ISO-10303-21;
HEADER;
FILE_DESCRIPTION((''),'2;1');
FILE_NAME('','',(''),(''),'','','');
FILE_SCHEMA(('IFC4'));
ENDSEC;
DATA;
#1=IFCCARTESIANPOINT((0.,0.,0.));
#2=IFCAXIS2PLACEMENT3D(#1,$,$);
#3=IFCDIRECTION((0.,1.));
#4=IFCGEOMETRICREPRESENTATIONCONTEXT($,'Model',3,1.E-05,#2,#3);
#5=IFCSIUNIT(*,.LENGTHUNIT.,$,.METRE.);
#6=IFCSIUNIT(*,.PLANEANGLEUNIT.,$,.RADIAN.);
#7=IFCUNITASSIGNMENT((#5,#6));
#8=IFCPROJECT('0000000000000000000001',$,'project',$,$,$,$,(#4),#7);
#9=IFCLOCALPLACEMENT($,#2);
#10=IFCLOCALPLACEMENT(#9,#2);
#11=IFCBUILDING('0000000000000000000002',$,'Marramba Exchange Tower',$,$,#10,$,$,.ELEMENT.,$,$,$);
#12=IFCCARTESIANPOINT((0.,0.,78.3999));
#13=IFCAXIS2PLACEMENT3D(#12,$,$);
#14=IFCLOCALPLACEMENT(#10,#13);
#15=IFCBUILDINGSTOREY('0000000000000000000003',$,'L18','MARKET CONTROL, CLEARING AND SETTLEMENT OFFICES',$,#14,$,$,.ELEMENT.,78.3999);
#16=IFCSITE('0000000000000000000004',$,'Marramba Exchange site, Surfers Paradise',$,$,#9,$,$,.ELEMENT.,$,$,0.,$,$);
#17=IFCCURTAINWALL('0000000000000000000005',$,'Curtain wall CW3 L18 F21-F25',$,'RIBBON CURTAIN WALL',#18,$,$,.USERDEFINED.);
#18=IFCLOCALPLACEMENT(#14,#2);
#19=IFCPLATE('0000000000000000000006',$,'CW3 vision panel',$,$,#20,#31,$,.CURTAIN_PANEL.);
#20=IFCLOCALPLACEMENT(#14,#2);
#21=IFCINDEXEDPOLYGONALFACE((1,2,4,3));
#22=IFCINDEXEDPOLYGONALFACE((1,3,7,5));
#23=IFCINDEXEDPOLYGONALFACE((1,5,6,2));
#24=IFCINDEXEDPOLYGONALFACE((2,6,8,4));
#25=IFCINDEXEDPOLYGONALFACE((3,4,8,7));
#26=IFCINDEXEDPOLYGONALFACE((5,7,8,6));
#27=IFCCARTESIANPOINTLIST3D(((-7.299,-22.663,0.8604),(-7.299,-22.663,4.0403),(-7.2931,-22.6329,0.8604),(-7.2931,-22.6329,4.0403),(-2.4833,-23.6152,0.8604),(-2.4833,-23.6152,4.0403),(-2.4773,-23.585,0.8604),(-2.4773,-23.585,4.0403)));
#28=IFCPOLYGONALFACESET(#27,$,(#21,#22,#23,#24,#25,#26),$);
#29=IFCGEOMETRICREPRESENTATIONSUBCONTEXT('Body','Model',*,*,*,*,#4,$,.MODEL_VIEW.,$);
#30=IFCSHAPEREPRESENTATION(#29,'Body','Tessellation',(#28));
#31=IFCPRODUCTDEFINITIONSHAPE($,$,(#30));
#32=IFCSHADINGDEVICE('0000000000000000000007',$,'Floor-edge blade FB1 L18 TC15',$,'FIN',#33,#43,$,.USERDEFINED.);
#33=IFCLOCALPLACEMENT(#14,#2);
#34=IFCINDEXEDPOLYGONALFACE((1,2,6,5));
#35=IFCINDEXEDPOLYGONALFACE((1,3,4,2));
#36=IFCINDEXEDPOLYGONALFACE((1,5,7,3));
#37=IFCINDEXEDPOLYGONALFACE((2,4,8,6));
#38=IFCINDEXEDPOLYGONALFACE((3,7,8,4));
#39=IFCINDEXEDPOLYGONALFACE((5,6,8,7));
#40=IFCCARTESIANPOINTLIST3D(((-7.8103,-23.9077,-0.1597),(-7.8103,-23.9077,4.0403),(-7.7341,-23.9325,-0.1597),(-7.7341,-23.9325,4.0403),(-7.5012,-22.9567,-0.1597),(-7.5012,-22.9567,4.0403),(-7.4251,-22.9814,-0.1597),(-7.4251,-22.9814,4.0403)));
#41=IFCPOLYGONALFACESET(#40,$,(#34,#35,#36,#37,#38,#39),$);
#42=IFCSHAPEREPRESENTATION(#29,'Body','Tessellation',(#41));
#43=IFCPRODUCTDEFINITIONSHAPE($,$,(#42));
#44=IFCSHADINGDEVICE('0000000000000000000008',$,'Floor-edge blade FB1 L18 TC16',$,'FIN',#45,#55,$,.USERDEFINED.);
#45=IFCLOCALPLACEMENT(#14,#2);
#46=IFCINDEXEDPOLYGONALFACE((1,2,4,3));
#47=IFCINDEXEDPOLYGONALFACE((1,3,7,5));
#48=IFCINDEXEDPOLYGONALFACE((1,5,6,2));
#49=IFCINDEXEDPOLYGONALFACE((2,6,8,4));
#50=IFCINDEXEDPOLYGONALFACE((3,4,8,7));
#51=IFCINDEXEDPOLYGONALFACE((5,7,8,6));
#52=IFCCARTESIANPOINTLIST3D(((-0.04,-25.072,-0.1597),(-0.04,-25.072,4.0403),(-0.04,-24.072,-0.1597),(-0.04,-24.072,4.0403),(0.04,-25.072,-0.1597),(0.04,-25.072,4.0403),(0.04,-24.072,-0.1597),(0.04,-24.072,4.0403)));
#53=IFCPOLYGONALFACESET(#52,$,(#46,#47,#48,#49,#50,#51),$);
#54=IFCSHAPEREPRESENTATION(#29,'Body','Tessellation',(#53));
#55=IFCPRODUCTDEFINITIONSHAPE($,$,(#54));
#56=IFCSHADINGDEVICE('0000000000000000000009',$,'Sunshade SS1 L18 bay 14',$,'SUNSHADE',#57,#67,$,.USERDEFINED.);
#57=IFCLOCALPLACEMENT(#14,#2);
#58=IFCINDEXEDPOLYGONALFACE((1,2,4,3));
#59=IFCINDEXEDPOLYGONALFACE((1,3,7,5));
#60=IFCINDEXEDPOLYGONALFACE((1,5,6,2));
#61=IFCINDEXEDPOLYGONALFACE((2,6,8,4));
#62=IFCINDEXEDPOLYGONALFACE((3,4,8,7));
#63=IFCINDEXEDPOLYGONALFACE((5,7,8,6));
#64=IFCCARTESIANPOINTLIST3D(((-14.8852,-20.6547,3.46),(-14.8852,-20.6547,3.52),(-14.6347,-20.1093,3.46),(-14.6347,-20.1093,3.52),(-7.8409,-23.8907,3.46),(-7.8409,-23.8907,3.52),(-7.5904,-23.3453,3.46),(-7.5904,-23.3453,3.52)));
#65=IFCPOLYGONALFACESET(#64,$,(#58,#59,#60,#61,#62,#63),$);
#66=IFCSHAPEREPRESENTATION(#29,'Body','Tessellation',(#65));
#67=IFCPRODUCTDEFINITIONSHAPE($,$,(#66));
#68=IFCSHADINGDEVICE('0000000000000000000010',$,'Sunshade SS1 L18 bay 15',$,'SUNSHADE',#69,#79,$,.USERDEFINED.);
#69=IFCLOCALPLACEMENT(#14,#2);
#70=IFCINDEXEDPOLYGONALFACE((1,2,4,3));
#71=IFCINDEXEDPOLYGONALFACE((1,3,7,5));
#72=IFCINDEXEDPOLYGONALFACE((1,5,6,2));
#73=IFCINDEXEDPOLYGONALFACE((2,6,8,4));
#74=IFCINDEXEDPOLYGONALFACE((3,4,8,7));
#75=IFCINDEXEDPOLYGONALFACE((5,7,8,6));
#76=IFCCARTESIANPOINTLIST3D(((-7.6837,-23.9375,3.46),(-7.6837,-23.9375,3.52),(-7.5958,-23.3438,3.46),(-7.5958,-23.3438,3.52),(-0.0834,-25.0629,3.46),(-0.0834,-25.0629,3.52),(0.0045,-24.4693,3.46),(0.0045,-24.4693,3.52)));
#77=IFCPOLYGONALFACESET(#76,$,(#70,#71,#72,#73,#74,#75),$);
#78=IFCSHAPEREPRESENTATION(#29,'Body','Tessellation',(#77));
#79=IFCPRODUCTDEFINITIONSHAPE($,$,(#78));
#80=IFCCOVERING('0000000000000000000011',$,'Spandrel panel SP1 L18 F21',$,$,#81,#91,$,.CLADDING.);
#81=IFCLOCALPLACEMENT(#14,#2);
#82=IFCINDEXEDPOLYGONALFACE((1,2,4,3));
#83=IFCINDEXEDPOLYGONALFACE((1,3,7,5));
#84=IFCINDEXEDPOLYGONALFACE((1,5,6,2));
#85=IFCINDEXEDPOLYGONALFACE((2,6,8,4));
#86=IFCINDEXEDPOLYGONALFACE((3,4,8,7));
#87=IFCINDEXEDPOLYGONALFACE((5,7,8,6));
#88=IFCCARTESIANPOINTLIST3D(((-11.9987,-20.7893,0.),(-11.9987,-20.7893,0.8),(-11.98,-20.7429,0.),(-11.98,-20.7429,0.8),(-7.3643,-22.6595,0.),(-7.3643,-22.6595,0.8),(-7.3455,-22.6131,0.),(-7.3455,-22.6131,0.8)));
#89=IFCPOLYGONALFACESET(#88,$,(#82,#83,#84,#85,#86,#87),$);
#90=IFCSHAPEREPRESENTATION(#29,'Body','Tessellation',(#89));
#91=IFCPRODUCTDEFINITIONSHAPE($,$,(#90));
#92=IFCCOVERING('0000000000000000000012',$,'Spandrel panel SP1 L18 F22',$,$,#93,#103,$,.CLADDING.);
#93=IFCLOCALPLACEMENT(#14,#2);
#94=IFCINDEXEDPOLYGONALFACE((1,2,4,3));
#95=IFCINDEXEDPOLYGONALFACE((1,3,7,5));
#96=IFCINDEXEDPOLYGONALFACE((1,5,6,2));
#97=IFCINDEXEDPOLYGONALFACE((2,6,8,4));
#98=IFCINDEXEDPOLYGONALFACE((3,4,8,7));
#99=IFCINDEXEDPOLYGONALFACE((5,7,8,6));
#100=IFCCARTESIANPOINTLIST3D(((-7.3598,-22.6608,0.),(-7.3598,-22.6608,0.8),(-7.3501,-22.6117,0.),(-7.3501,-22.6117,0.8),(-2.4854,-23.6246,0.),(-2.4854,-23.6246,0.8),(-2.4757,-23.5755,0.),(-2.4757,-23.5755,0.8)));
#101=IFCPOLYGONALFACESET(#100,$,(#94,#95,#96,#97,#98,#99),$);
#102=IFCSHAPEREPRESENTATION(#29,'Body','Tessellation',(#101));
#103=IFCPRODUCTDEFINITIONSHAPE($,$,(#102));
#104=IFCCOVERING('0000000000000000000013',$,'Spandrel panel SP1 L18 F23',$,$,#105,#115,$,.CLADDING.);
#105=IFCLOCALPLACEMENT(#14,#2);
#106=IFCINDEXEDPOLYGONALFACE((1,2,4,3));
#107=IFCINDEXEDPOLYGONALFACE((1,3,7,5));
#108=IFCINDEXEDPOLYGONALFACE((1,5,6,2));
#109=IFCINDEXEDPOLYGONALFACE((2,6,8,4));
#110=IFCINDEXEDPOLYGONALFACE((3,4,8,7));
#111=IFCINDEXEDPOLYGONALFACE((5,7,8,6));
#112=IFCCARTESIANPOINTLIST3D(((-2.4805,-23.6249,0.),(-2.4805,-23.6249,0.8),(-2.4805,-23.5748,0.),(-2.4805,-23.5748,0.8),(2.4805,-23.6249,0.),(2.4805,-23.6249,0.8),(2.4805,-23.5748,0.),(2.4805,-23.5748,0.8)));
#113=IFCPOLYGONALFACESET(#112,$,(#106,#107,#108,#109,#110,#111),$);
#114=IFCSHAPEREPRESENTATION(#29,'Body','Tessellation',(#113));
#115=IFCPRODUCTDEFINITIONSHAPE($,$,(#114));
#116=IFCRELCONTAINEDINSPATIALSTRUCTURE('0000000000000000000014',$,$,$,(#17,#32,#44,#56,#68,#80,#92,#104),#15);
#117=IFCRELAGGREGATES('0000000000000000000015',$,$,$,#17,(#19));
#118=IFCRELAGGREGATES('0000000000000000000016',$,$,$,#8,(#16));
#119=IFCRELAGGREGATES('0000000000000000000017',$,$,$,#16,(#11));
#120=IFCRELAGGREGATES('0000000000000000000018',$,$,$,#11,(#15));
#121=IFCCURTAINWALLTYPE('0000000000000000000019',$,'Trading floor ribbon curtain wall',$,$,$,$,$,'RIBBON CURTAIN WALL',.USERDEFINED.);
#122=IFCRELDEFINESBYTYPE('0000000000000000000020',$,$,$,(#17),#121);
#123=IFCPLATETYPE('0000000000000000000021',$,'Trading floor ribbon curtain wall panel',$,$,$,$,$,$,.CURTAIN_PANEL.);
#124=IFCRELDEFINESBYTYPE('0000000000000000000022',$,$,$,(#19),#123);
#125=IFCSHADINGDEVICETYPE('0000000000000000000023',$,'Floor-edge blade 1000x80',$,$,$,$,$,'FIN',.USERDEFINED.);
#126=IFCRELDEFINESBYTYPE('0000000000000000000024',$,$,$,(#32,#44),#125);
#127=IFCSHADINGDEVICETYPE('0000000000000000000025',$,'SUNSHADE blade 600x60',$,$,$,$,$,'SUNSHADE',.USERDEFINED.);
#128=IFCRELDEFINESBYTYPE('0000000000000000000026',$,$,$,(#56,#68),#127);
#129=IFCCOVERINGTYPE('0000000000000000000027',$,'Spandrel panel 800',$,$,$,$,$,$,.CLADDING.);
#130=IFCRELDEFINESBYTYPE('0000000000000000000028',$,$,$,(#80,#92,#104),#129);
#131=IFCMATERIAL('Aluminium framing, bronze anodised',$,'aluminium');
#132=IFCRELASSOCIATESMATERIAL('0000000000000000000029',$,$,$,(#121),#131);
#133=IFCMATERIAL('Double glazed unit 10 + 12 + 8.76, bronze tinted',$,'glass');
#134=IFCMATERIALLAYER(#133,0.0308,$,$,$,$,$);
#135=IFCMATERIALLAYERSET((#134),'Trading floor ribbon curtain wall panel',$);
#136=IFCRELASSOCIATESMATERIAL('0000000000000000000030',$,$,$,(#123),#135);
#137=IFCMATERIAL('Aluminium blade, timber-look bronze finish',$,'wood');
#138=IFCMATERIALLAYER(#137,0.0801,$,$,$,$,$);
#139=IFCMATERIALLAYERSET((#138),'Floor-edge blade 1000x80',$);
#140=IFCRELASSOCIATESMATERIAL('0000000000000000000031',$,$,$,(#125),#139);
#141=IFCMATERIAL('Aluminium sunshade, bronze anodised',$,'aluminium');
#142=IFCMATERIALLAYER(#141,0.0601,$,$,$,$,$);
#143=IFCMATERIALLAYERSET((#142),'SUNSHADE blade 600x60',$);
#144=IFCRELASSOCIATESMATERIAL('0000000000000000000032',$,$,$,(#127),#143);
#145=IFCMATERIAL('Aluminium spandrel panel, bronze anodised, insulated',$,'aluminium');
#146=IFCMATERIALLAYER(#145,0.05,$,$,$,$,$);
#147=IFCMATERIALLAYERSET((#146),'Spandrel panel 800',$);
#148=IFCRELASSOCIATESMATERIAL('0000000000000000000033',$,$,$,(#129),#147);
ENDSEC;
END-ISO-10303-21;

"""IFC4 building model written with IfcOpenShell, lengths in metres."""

from ifc_helpers import new_model, si_unit, direction, frame, origin, origin_2d, place, context, subcontext, project, spatial, rectangle, extrude, material, layer, layer_set, type_object, element, aggregate, save


model = new_model("IFC4")

# Units and contexts
model_context = context("Model", 3, precision=1e-05, world=origin(), true_north=direction((0.0, 1.0)))
body_context = subcontext(model_context, "Body", "Model", "MODEL_VIEW")
ifc_project = project(units=[si_unit("LENGTHUNIT", "METRE"), si_unit("PLANEANGLEUNIT", "RADIAN")], contexts=[model_context])

# Site, building, storey
site_placement = place(None, origin())
site = spatial("IfcSite", under=ifc_project, at=site_placement, Name="Marramba Exchange site, Surfers Paradise", CompositionType="ELEMENT", RefElevation=0.0)
building_placement = place(site_placement, origin())
building = spatial("IfcBuilding", under=site, at=building_placement, Name="Marramba Exchange Tower", CompositionType="ELEMENT")
storey_placement = place(building_placement, frame((0.0, 0.0, 78.3999)))
storey = spatial("IfcBuildingStorey", under=building, at=storey_placement, Name="L18", Description="MARKET CONTROL, CLEARING AND SETTLEMENT OFFICES", CompositionType="ELEMENT", Elevation=78.3999)

# Curtain wall, plate
ifc_material_1 = material(Name="Aluminium framing, bronze anodised", Category="aluminium")
curtain_wall_type = type_object("IfcCurtainWallType", Name="Trading floor ribbon curtain wall", ElementType="RIBBON CURTAIN WALL", PredefinedType="USERDEFINED", material=ifc_material_1)
curtain_wall_placement = place(storey_placement, origin())
curtain_wall = element("IfcCurtainWall", 1, at=curtain_wall_placement, inside=storey, type_object=curtain_wall_type, Name="Curtain wall CW3 L18 F21-F25", ObjectType="RIBBON CURTAIN WALL", PredefinedType="USERDEFINED")
ifc_material_2 = material(Name="Double glazed unit 10 + 12 + 8.76, bronze tinted", Category="glass")
ifc_layer_1 = layer(ifc_material_2, 0.0308)
ifc_layer_set_1 = layer_set([ifc_layer_1], Name="Trading floor ribbon curtain wall panel")
plate_type = type_object("IfcPlateType", Name="Trading floor ribbon curtain wall panel", PredefinedType="CURTAIN_PANEL", material=ifc_layer_set_1)
plate_1_placement = place(storey_placement, frame((-4.8882, -23.124, 0.8604), z_axis=(0.0, 0.0, 1.0), x_axis=(0.981009, -0.193961, 0.0)))
plate_1 = element("IfcPlate", 2, at=plate_1_placement, type_object=plate_type, Name="CW3 vision panel", PredefinedType="CURTAIN_PANEL", context=body_context, shape_type="SweptSolid", body=[
    extrude(rectangle(XDim=4.9089, YDim=0.0308, at=origin_2d()), origin(), (0.0, 0.0, 1.0), 3.1799),
])
aggregate(curtain_wall, [plate_1])

# Shading devices
ifc_material_3 = material(Name="Aluminium blade, timber-look bronze finish", Category="wood")
ifc_layer_2 = layer(ifc_material_3, 0.0801)
ifc_layer_set_2 = layer_set([ifc_layer_2], Name="Floor-edge blade 1000x80")
shading_device_type_1 = type_object("IfcShadingDeviceType", Name="Floor-edge blade 1000x80", ElementType="FIN", PredefinedType="USERDEFINED", material=ifc_layer_set_2)
for number, where, z_axis, x_axis, name in (
    (3, (-7.6177, -23.4446, -0.1597), (0.0, 0.0, 1.0), (-0.309017, -0.951057, 0.0), "Floor-edge blade FB1 L18 TC15"),
    (4, (0.0, -24.572, -0.1597), (0.0, 0.0, 1.0), (0.0, -1.0, 0.0), "Floor-edge blade FB1 L18 TC16"),
):
    element("IfcShadingDevice", number, at=place(storey_placement, frame(where, z_axis=z_axis, x_axis=x_axis)), inside=storey, type_object=shading_device_type_1, Name=name, ObjectType="FIN", PredefinedType="USERDEFINED", context=body_context, shape_type="SweptSolid", body=[
        extrude(rectangle(XDim=1.0, YDim=0.0801, at=origin_2d()), origin(), (0.0, 0.0, 1.0), 4.2),
    ])
ifc_material_4 = material(Name="Aluminium sunshade, bronze anodised", Category="aluminium")
ifc_layer_3 = layer(ifc_material_4, 0.0601)
ifc_layer_set_3 = layer_set([ifc_layer_3], Name="SUNSHADE blade 600x60")
shading_device_type_2 = type_object("IfcShadingDeviceType", Name="SUNSHADE blade 600x60", ElementType="SUNSHADE", PredefinedType="USERDEFINED", material=ifc_layer_set_3)
shading_device_1_placement = place(storey_placement, frame((-11.2378, -22.0, 3.46), z_axis=(0.0, 0.0, 1.0), x_axis=(0.908704, -0.417442, 0.0)))
element("IfcShadingDevice", 5, at=shading_device_1_placement, inside=storey, type_object=shading_device_type_2, Name="Sunshade SS1 L18 bay 14", ObjectType="SUNSHADE", PredefinedType="USERDEFINED", context=body_context, shape_type="SweptSolid", body=[
    extrude(rectangle(XDim=7.752, YDim=0.6001, at=origin_2d()), origin(), (0.0, 0.0, 1.0), 0.0601),
])
shading_device_2_placement = place(storey_placement, frame((-3.8396, -24.2034, 3.46), z_axis=(0.0, 0.0, 1.0), x_axis=(0.989213, -0.146485, 0.0)))
element("IfcShadingDevice", 6, at=shading_device_2_placement, inside=storey, type_object=shading_device_type_2, Name="Sunshade SS1 L18 bay 15", ObjectType="SUNSHADE", PredefinedType="USERDEFINED", context=body_context, shape_type="SweptSolid", body=[
    extrude(rectangle(XDim=7.6831, YDim=0.6001, at=origin_2d()), origin(), (0.0, 0.0, 1.0), 0.0601),
])

# Coverings
ifc_material_5 = material(Name="Aluminium spandrel panel, bronze anodised, insulated", Category="aluminium")
ifc_layer_4 = layer(ifc_material_5, 0.05)
ifc_layer_set_4 = layer_set([ifc_layer_4], Name="Spandrel panel 800")
covering_type = type_object("IfcCoveringType", Name="Spandrel panel 800", PredefinedType="CLADDING", material=ifc_layer_set_4)
covering_1_placement = place(storey_placement, frame((-9.6721, -21.7012, 0.0), z_axis=(0.0, 0.0, 1.0), x_axis=(0.927341, -0.374218, 0.0)))
element("IfcCovering", 7, at=covering_1_placement, inside=storey, type_object=covering_type, Name="Spandrel panel SP1 L18 F21", PredefinedType="CLADDING", context=body_context, shape_type="SweptSolid", body=[
    extrude(rectangle(XDim=4.9976, YDim=0.05, at=origin_2d()), origin(), (0.0, 0.0, 1.0), 0.8),
])
covering_2_placement = place(storey_placement, frame((-4.9177, -23.1182, 0.0), z_axis=(0.0, 0.0, 1.0), x_axis=(0.981009, -0.193961, 0.0)))
element("IfcCovering", 8, at=covering_2_placement, inside=storey, type_object=covering_type, Name="Spandrel panel SP1 L18 F22", PredefinedType="CLADDING", context=body_context, shape_type="SweptSolid", body=[
    extrude(rectangle(XDim=4.9688, YDim=0.05, at=origin_2d()), origin(), (0.0, 0.0, 1.0), 0.8),
])
covering_3_placement = place(storey_placement, frame((0.0, -23.5999, 0.0), z_axis=(0.0, 0.0, 1.0), x_axis=(1.0, 0.0, 0.0)))
element("IfcCovering", 9, at=covering_3_placement, inside=storey, type_object=covering_type, Name="Spandrel panel SP1 L18 F23", PredefinedType="CLADDING", context=body_context, shape_type="SweptSolid", body=[
    extrude(rectangle(XDim=4.9609, YDim=0.05, at=origin_2d()), origin(), (0.0, 0.0, 1.0), 0.8),
])

save(model, "model.ifc")
